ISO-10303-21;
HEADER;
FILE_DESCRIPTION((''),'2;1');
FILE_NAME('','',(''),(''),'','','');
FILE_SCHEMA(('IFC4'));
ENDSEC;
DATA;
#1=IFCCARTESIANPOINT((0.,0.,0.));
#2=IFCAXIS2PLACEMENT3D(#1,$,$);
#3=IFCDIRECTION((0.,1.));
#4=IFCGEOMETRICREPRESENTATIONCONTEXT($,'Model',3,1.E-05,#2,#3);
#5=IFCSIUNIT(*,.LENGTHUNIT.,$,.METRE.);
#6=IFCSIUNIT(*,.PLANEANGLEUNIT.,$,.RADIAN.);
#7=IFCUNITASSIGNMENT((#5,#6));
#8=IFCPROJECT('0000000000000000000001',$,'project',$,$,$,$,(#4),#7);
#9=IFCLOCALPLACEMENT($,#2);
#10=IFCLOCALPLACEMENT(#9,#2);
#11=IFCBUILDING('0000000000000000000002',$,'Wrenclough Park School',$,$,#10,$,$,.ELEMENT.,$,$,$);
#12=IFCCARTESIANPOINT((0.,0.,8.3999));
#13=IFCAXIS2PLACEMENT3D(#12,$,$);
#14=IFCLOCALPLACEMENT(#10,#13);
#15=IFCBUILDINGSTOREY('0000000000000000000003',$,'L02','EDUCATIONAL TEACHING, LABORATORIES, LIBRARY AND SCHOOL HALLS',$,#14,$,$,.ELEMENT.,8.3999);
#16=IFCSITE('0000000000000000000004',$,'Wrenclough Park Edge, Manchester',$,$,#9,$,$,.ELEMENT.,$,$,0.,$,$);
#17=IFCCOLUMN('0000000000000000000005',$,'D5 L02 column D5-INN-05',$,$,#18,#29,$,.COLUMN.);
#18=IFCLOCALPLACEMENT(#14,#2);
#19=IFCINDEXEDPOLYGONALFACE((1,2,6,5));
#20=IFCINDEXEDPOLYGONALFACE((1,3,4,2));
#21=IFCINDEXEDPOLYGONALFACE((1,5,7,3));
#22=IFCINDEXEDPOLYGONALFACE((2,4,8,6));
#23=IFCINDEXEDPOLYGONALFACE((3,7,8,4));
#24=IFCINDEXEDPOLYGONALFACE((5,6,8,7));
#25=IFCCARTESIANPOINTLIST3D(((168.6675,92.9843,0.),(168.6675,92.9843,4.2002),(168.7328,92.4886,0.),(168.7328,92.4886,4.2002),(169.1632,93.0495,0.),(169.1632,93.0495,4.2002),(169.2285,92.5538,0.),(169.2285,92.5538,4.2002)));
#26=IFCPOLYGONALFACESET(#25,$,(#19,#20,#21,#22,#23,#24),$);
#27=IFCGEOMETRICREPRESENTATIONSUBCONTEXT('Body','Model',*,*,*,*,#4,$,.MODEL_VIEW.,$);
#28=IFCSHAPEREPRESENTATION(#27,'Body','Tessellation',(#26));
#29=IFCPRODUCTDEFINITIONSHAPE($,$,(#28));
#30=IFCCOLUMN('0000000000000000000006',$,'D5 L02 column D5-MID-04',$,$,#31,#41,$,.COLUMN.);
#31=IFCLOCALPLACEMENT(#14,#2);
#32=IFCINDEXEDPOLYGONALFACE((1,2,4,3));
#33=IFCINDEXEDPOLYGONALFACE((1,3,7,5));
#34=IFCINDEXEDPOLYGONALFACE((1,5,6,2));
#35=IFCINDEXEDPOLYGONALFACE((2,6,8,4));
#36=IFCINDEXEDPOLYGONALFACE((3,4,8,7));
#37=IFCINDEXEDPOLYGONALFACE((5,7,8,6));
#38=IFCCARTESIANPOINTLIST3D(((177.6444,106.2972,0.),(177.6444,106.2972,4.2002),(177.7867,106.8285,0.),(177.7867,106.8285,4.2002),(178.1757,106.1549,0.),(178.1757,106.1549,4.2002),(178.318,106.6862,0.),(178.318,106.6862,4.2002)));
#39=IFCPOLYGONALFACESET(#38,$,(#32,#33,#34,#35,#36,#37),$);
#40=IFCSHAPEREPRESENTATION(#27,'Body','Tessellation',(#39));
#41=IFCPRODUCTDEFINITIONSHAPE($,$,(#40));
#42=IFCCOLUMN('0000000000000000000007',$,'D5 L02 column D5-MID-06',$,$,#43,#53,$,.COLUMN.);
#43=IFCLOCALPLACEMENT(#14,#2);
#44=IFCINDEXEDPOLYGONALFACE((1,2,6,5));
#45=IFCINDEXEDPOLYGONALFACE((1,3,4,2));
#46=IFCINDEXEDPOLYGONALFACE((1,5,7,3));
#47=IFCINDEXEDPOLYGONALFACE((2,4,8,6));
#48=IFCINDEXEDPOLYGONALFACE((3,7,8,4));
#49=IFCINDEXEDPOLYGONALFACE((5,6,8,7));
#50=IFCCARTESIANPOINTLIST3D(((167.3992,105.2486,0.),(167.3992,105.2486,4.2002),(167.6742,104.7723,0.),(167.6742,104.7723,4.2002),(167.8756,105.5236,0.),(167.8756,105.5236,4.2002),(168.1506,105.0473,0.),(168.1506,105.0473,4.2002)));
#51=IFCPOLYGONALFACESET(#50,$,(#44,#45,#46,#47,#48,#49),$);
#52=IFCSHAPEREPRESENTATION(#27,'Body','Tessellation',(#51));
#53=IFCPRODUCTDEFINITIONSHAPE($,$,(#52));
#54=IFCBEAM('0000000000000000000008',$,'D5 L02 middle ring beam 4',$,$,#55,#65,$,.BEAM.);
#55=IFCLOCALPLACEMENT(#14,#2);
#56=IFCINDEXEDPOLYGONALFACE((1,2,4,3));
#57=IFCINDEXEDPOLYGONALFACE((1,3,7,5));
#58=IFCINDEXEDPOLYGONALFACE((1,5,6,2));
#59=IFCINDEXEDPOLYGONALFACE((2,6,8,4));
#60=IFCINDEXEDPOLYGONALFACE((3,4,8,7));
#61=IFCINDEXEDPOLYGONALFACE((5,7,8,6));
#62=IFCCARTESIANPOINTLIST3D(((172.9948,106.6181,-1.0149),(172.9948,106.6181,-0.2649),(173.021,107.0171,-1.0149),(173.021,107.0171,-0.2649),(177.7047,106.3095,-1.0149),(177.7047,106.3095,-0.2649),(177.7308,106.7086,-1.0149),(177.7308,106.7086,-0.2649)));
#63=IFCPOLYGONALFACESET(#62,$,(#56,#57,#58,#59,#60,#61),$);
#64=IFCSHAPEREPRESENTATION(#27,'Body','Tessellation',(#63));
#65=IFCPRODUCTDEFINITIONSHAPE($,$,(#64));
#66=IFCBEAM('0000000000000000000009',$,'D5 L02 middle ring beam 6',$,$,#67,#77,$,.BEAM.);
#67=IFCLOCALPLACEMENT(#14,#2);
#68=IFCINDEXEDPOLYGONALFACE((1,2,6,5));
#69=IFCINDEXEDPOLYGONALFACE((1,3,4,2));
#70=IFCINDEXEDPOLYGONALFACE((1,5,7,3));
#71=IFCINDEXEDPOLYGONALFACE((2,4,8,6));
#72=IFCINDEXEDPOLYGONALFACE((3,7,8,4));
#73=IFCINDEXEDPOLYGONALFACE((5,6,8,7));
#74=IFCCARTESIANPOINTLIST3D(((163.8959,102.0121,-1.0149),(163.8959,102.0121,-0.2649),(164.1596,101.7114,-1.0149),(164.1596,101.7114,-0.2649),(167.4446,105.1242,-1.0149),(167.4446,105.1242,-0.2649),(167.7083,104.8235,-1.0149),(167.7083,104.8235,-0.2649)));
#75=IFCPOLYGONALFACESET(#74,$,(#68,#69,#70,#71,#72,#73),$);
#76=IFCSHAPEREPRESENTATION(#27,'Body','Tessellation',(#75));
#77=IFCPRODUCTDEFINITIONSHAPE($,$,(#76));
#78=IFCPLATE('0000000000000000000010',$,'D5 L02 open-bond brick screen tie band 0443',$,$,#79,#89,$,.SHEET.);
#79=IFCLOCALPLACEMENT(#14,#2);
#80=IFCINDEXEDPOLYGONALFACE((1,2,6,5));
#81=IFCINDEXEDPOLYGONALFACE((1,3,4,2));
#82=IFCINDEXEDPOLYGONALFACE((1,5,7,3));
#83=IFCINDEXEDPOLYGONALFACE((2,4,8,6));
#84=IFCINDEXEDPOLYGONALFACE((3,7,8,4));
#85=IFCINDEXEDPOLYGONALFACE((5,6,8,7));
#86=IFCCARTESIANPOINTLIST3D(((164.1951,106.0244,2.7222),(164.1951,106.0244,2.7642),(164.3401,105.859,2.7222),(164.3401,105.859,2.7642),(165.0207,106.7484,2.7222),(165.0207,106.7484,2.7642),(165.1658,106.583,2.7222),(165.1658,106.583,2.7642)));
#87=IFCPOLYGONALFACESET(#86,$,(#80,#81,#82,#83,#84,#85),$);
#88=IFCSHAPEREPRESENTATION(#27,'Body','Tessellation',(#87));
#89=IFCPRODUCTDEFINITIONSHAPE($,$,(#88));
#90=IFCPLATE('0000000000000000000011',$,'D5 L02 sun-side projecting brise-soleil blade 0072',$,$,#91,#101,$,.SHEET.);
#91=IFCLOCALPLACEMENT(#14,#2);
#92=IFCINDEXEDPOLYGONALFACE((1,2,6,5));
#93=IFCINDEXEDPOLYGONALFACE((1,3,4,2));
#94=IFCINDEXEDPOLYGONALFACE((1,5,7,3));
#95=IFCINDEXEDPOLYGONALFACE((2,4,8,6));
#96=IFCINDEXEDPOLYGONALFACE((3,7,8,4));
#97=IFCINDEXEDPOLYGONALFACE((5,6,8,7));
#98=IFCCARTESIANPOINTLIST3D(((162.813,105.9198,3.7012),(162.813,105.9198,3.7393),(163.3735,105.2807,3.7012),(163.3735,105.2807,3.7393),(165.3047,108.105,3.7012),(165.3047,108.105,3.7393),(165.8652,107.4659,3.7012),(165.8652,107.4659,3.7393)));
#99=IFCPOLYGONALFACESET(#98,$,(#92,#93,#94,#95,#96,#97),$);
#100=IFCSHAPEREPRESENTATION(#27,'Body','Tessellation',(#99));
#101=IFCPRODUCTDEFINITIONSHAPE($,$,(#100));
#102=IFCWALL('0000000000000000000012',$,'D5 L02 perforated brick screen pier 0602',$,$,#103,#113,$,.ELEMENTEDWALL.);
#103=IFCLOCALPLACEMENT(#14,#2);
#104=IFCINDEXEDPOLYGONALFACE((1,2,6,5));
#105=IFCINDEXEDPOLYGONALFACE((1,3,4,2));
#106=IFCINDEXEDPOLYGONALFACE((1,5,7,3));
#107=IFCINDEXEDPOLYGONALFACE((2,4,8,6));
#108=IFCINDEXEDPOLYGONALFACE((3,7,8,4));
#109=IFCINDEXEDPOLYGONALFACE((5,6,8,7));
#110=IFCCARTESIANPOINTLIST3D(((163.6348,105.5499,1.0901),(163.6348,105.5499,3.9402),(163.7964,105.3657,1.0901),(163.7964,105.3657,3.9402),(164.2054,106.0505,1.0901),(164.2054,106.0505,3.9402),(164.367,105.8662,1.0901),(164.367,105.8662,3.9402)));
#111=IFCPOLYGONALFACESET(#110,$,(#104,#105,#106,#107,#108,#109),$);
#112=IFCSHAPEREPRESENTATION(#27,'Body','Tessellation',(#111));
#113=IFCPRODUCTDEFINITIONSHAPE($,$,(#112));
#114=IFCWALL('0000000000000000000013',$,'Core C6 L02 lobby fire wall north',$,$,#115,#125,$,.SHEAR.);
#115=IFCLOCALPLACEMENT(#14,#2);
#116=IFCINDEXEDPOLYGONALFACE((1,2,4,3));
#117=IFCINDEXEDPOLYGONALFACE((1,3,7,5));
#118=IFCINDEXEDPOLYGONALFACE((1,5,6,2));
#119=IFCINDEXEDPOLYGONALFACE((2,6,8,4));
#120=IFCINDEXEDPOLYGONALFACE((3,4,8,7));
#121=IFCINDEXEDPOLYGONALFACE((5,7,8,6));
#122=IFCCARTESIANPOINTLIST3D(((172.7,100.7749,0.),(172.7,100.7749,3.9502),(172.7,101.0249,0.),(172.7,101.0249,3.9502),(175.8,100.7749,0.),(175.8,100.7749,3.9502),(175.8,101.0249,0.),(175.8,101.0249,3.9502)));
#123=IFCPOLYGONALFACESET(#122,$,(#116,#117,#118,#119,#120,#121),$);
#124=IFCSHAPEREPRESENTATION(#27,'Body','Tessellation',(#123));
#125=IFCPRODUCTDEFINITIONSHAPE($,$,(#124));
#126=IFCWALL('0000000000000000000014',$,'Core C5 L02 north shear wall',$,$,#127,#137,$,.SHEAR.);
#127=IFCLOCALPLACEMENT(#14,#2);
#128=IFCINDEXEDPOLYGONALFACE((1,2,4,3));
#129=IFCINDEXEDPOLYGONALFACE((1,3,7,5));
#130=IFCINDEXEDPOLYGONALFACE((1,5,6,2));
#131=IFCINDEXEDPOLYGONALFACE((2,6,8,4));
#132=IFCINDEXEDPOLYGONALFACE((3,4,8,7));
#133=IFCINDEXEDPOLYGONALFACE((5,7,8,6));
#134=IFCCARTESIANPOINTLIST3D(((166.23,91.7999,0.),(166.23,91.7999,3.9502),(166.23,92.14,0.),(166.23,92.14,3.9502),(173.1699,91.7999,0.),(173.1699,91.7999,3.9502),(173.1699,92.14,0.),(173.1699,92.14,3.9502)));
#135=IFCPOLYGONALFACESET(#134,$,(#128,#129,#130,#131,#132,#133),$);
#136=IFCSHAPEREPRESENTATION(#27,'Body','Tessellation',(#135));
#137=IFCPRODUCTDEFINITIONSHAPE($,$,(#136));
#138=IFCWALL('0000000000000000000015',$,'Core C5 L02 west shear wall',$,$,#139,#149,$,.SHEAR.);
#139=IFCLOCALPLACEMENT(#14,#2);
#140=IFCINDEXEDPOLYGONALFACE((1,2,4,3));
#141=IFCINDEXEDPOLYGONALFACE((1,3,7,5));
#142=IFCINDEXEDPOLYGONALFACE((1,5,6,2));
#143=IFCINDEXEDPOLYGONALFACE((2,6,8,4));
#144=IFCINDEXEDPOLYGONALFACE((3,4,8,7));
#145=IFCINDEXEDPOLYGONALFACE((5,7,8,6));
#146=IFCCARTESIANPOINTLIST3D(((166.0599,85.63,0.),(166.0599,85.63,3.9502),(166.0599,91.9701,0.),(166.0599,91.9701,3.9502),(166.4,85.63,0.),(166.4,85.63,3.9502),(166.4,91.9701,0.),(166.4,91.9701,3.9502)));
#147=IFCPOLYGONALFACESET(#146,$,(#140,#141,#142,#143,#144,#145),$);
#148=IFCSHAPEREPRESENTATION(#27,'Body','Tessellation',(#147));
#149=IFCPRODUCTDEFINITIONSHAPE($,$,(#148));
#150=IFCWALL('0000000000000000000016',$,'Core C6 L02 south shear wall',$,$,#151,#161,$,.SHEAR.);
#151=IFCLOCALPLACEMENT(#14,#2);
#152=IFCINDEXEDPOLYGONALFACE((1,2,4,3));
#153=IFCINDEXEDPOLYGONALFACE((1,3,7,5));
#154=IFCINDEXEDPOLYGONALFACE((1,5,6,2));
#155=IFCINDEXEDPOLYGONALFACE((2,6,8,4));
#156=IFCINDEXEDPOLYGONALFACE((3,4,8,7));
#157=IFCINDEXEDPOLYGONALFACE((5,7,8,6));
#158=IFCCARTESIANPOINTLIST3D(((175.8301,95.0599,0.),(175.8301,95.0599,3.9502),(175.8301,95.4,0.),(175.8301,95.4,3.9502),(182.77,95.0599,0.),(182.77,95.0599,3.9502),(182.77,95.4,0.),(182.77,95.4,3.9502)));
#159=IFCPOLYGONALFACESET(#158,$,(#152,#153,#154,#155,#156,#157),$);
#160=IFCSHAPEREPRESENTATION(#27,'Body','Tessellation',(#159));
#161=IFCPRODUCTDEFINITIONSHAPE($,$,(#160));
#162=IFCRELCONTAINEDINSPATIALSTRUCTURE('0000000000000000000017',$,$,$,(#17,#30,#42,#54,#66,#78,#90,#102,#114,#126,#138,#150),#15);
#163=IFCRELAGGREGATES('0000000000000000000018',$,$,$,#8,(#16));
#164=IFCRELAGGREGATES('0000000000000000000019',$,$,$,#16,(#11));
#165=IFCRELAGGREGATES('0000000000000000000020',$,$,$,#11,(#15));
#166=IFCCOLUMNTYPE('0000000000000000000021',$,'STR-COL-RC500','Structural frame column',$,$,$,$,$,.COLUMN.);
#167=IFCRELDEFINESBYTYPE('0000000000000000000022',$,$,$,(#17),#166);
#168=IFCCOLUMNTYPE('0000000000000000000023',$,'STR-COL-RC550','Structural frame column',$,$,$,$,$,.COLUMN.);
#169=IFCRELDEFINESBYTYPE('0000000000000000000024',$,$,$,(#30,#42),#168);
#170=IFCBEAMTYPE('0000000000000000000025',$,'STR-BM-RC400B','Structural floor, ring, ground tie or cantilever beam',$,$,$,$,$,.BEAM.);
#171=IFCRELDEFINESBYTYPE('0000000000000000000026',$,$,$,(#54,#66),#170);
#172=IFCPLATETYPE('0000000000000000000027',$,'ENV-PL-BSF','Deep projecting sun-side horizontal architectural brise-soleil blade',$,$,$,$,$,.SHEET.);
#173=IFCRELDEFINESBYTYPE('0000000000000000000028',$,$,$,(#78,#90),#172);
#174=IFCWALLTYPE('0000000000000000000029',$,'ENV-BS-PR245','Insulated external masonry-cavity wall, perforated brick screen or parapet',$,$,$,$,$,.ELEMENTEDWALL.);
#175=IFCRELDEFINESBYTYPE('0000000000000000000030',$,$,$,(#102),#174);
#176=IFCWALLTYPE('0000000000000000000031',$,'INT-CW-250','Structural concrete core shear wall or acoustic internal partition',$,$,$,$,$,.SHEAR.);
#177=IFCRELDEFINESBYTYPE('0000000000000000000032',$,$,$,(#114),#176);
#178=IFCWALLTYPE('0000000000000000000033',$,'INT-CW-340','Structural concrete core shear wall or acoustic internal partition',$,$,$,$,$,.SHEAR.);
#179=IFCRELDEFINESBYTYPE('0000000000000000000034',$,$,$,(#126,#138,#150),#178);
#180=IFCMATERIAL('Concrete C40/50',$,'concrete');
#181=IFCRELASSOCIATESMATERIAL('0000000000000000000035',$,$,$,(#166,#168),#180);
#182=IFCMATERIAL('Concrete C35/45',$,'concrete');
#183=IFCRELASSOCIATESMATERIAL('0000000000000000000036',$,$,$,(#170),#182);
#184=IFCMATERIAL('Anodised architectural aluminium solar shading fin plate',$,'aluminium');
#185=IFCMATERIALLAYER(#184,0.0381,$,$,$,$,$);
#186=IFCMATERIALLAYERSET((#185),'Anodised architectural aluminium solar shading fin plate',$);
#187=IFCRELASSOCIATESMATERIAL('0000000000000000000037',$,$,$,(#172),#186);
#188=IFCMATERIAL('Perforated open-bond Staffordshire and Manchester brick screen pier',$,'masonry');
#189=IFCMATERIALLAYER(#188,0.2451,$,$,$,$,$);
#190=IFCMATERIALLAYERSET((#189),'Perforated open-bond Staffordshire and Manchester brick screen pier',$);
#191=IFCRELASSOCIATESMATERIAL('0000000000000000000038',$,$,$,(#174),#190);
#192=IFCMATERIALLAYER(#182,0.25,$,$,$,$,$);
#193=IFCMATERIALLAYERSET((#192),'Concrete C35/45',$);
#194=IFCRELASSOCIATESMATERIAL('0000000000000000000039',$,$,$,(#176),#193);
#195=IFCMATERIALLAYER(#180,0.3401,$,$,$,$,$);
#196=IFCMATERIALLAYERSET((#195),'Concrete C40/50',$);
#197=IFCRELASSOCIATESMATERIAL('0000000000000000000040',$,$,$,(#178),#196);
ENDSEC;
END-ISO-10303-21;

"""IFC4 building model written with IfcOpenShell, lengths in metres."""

from ifc_helpers import new_model, si_unit, direction, frame, frame_2d, origin, origin_2d, place, context, subcontext, project, spatial, rectangle, extrude, material, layer, layer_set, material_profile, profile_set, type_object, element, save


model = new_model("IFC4")

# Units and contexts
model_context = context("Model", 3, precision=1e-05, world=origin(), true_north=direction((0.0, 1.0)))
body_context = subcontext(model_context, "Body", "Model", "MODEL_VIEW")
ifc_project = project(units=[si_unit("LENGTHUNIT", "METRE"), si_unit("PLANEANGLEUNIT", "RADIAN")], contexts=[model_context])

# Site, building, storey
site_placement = place(None, origin())
site = spatial("IfcSite", under=ifc_project, at=site_placement, Name="Wrenclough Park Edge, Manchester", CompositionType="ELEMENT", RefElevation=0.0)
building_placement = place(site_placement, origin())
building = spatial("IfcBuilding", under=site, at=building_placement, Name="Wrenclough Park School", CompositionType="ELEMENT")
storey_placement = place(building_placement, frame((0.0, 0.0, 8.3999)))
storey = spatial("IfcBuildingStorey", under=building, at=storey_placement, Name="L02", Description="EDUCATIONAL TEACHING, LABORATORIES, LIBRARY AND SCHOOL HALLS", CompositionType="ELEMENT", Elevation=8.3999)

# Columns
ifc_material_1 = material(Name="Concrete C40/50", Category="concrete")
ifc_material_profile_1 = material_profile(ifc_material_1, rectangle(XDim=0.5, YDim=0.5, at=origin_2d()), Name="RC COL 500x500")
ifc_profile_set_1 = profile_set([ifc_material_profile_1], Name="Concrete C40/50")
column_type_1 = type_object("IfcColumnType", Name="STR-COL-RC500", Description="Structural frame column", PredefinedType="COLUMN", material=ifc_profile_set_1)
column_placement = place(storey_placement, frame((168.948, 92.769, 0.0), z_axis=(0.0, 0.0, 1.0), x_axis=(-0.991445, -0.130526, 0.0)))
element("IfcColumn", 1, at=column_placement, inside=storey, type_object=column_type_1, Name="D5 L02 column D5-INN-05", PredefinedType="COLUMN", context=body_context, shape_type="SweptSolid", body=[
    extrude(rectangle(XDim=0.5, YDim=0.5, at=origin_2d()), origin(), (0.0, 0.0, 1.0), 4.2002),
])
ifc_material_profile_2 = material_profile(ifc_material_1, rectangle(XDim=0.55, YDim=0.55, at=origin_2d()), Name="RC COL 550x550")
ifc_profile_set_2 = profile_set([ifc_material_profile_2], Name="Concrete C40/50")
column_type_2 = type_object("IfcColumnType", Name="STR-COL-RC550", Description="Structural frame column", PredefinedType="COLUMN", material=ifc_profile_set_2)
for number, where, z_axis, x_axis, name in (
    (2, (177.9812, 106.4917, 0.0), (0.0, 0.0, 1.0), (-0.965926, 0.258819, 0.0), "D5 L02 column D5-MID-04"),
    (3, (167.7749, 105.1479, 0.0), (0.0, 0.0, 1.0), (-0.866025, -0.5, 0.0), "D5 L02 column D5-MID-06"),
):
    element("IfcColumn", number, at=place(storey_placement, frame(where, z_axis=z_axis, x_axis=x_axis)), inside=storey, type_object=column_type_2, Name=name, PredefinedType="COLUMN", context=body_context, shape_type="SweptSolid", body=[
        extrude(rectangle(XDim=0.55, YDim=0.55, at=origin_2d()), origin(), (0.0, 0.0, 1.0), 4.2002),
    ])

# Beams
ifc_material_2 = material(Name="Concrete C35/45", Category="concrete")
ifc_material_profile_3 = material_profile(ifc_material_2, rectangle(XDim=0.3999, YDim=0.75, at=origin_2d()), Name="RC BEAM 400x750")
ifc_profile_set_3 = profile_set([ifc_material_profile_3], Name="Concrete C35/45")
beam_type = type_object("IfcBeamType", Name="STR-BM-RC400B", Description="Structural floor, ring, ground tie or cantilever beam", PredefinedType="BEAM", material=ifc_profile_set_3)
for number, where, z_axis, x_axis, name in (
    (4, (177.7178, 106.509, -0.6399), (-0.99786, 0.065379, 0.0), (-0.065379, -0.99786, 0.0), "D5 L02 middle ring beam 4"),
    (5, (167.5764, 104.9739, -0.6399), (-0.751836, -0.65935, 0.0), (0.65935, -0.751836, 0.0), "D5 L02 middle ring beam 6"),
):
    element("IfcBeam", number, at=place(storey_placement, frame(where, z_axis=z_axis, x_axis=x_axis)), inside=storey, type_object=beam_type, Name=name, PredefinedType="BEAM", context=body_context, shape_type="SweptSolid", body=[
        extrude(rectangle(XDim=0.3999, YDim=0.75, at=origin_2d()), origin(), (0.0, 0.0, 1.0), 4.72),
    ])

# Plates
ifc_material_3 = material(Name="Anodised architectural aluminium solar shading fin plate", Category="aluminium")
ifc_layer_1 = layer(ifc_material_3, 0.0381)
ifc_layer_set_1 = layer_set([ifc_layer_1], Name="Anodised architectural aluminium solar shading fin plate")
plate_type = type_object("IfcPlateType", Name="ENV-PL-BSF", Description="Deep projecting sun-side horizontal architectural brise-soleil blade", PredefinedType="SHEET", material=ifc_layer_set_1)
plate_1_placement = place(storey_placement, frame((164.6804, 106.3037, 2.7222), z_axis=(0.0, 0.0, 1.0), x_axis=(-0.751841, -0.659345, 0.0)))
element("IfcPlate", 6, at=plate_1_placement, inside=storey, type_object=plate_type, Name="D5 L02 open-bond brick screen tie band 0443", PredefinedType="SHEET", context=body_context, shape_type="SweptSolid", body=[
    extrude(rectangle(XDim=1.0981, YDim=0.22, at=origin_2d()), origin(), (0.0, 0.0, 1.0), 0.042),
])
plate_2_placement = place(storey_placement, frame((164.3391, 106.6929, 3.7012), z_axis=(0.0, 0.0, 1.0), x_axis=(-0.751841, -0.659345, 0.0)))
element("IfcPlate", 7, at=plate_2_placement, inside=storey, type_object=plate_type, Name="D5 L02 sun-side projecting brise-soleil blade 0072", PredefinedType="SHEET", context=body_context, shape_type="SweptSolid", body=[
    extrude(rectangle(XDim=3.3142, YDim=0.8501, at=origin_2d()), origin(), (0.0, 0.0, 1.0), 0.0381),
])

# Wall
ifc_material_4 = material(Name="Perforated open-bond Staffordshire and Manchester brick screen pier", Category="masonry")
ifc_layer_2 = layer(ifc_material_4, 0.2451)
ifc_layer_set_2 = layer_set([ifc_layer_2], Name="Perforated open-bond Staffordshire and Manchester brick screen pier")
wall_type_1 = type_object("IfcWallType", Name="ENV-BS-PR245", Description="Insulated external masonry-cavity wall, perforated brick screen or parapet", PredefinedType="ELEMENTEDWALL", material=ifc_layer_set_2)
wall_1_placement = place(storey_placement, frame((164.2861, 105.9583, 1.0901), z_axis=(0.0, 0.0, 1.0), x_axis=(-0.751759, -0.659438, 0.0)))
element("IfcWall", 8, at=wall_1_placement, inside=storey, type_object=wall_type_1, Name="D5 L02 perforated brick screen pier 0602", PredefinedType="ELEMENTEDWALL", context=body_context, shape_type="SweptSolid", body=[
    extrude(rectangle(XDim=0.759, YDim=0.2451, at=frame_2d((0.3794, 0.0))), origin(), (0.0, 0.0, 1.0), 2.8501),
])

# Shared definitions
ifc_layer_3 = layer(ifc_material_2, 0.25)
ifc_layer_set_3 = layer_set([ifc_layer_3], Name="Concrete C35/45")
wall_type_2 = type_object("IfcWallType", Name="INT-CW-250", Description="Structural concrete core shear wall or acoustic internal partition", PredefinedType="SHEAR", material=ifc_layer_set_3)

# Walls
wall_2_placement = place(storey_placement, frame((175.8, 100.8999, 0.0), z_axis=(0.0, 0.0, 1.0), x_axis=(-1.0, 0.0, 0.0)))
element("IfcWall", 9, at=wall_2_placement, inside=storey, type_object=wall_type_2, Name="Core C6 L02 lobby fire wall north", PredefinedType="SHEAR", context=body_context, shape_type="SweptSolid", body=[
    extrude(rectangle(XDim=3.1001, YDim=0.25, at=frame_2d((1.55, 0.0))), origin(), (0.0, 0.0, 1.0), 3.9502),
])
ifc_layer_4 = layer(ifc_material_1, 0.3401)
ifc_layer_set_4 = layer_set([ifc_layer_4], Name="Concrete C40/50")
wall_type_3 = type_object("IfcWallType", Name="INT-CW-340", Description="Structural concrete core shear wall or acoustic internal partition", PredefinedType="SHEAR", material=ifc_layer_set_4)
wall_3_placement = place(storey_placement, frame((173.1699, 91.97, 0.0), z_axis=(0.0, 0.0, 1.0), x_axis=(-1.0, 0.0, 0.0)))
element("IfcWall", 10, at=wall_3_placement, inside=storey, type_object=wall_type_3, Name="Core C5 L02 north shear wall", PredefinedType="SHEAR", context=body_context, shape_type="SweptSolid", body=[
    extrude(rectangle(XDim=6.9399, YDim=0.3401, at=frame_2d((3.47, 0.0))), origin(), (0.0, 0.0, 1.0), 3.9502),
])
wall_4_placement = place(storey_placement, frame((166.23, 91.97, 0.0), z_axis=(0.0, 0.0, 1.0), x_axis=(0.0, -1.0, 0.0)))
element("IfcWall", 11, at=wall_4_placement, inside=storey, type_object=wall_type_3, Name="Core C5 L02 west shear wall", PredefinedType="SHEAR", context=body_context, shape_type="SweptSolid", body=[
    extrude(rectangle(XDim=6.3401, YDim=0.3401, at=frame_2d((3.1699, 0.0))), origin(), (0.0, 0.0, 1.0), 3.9502),
])
wall_5_placement = place(storey_placement, frame((175.8301, 95.23, 0.0), z_axis=(0.0, 0.0, 1.0), x_axis=(1.0, 0.0, 0.0)))
element("IfcWall", 12, at=wall_5_placement, inside=storey, type_object=wall_type_3, Name="Core C6 L02 south shear wall", PredefinedType="SHEAR", context=body_context, shape_type="SweptSolid", body=[
    extrude(rectangle(XDim=6.9399, YDim=0.3401, at=frame_2d((3.47, 0.0))), origin(), (0.0, 0.0, 1.0), 3.9502),
])

save(model, "model.ifc")
